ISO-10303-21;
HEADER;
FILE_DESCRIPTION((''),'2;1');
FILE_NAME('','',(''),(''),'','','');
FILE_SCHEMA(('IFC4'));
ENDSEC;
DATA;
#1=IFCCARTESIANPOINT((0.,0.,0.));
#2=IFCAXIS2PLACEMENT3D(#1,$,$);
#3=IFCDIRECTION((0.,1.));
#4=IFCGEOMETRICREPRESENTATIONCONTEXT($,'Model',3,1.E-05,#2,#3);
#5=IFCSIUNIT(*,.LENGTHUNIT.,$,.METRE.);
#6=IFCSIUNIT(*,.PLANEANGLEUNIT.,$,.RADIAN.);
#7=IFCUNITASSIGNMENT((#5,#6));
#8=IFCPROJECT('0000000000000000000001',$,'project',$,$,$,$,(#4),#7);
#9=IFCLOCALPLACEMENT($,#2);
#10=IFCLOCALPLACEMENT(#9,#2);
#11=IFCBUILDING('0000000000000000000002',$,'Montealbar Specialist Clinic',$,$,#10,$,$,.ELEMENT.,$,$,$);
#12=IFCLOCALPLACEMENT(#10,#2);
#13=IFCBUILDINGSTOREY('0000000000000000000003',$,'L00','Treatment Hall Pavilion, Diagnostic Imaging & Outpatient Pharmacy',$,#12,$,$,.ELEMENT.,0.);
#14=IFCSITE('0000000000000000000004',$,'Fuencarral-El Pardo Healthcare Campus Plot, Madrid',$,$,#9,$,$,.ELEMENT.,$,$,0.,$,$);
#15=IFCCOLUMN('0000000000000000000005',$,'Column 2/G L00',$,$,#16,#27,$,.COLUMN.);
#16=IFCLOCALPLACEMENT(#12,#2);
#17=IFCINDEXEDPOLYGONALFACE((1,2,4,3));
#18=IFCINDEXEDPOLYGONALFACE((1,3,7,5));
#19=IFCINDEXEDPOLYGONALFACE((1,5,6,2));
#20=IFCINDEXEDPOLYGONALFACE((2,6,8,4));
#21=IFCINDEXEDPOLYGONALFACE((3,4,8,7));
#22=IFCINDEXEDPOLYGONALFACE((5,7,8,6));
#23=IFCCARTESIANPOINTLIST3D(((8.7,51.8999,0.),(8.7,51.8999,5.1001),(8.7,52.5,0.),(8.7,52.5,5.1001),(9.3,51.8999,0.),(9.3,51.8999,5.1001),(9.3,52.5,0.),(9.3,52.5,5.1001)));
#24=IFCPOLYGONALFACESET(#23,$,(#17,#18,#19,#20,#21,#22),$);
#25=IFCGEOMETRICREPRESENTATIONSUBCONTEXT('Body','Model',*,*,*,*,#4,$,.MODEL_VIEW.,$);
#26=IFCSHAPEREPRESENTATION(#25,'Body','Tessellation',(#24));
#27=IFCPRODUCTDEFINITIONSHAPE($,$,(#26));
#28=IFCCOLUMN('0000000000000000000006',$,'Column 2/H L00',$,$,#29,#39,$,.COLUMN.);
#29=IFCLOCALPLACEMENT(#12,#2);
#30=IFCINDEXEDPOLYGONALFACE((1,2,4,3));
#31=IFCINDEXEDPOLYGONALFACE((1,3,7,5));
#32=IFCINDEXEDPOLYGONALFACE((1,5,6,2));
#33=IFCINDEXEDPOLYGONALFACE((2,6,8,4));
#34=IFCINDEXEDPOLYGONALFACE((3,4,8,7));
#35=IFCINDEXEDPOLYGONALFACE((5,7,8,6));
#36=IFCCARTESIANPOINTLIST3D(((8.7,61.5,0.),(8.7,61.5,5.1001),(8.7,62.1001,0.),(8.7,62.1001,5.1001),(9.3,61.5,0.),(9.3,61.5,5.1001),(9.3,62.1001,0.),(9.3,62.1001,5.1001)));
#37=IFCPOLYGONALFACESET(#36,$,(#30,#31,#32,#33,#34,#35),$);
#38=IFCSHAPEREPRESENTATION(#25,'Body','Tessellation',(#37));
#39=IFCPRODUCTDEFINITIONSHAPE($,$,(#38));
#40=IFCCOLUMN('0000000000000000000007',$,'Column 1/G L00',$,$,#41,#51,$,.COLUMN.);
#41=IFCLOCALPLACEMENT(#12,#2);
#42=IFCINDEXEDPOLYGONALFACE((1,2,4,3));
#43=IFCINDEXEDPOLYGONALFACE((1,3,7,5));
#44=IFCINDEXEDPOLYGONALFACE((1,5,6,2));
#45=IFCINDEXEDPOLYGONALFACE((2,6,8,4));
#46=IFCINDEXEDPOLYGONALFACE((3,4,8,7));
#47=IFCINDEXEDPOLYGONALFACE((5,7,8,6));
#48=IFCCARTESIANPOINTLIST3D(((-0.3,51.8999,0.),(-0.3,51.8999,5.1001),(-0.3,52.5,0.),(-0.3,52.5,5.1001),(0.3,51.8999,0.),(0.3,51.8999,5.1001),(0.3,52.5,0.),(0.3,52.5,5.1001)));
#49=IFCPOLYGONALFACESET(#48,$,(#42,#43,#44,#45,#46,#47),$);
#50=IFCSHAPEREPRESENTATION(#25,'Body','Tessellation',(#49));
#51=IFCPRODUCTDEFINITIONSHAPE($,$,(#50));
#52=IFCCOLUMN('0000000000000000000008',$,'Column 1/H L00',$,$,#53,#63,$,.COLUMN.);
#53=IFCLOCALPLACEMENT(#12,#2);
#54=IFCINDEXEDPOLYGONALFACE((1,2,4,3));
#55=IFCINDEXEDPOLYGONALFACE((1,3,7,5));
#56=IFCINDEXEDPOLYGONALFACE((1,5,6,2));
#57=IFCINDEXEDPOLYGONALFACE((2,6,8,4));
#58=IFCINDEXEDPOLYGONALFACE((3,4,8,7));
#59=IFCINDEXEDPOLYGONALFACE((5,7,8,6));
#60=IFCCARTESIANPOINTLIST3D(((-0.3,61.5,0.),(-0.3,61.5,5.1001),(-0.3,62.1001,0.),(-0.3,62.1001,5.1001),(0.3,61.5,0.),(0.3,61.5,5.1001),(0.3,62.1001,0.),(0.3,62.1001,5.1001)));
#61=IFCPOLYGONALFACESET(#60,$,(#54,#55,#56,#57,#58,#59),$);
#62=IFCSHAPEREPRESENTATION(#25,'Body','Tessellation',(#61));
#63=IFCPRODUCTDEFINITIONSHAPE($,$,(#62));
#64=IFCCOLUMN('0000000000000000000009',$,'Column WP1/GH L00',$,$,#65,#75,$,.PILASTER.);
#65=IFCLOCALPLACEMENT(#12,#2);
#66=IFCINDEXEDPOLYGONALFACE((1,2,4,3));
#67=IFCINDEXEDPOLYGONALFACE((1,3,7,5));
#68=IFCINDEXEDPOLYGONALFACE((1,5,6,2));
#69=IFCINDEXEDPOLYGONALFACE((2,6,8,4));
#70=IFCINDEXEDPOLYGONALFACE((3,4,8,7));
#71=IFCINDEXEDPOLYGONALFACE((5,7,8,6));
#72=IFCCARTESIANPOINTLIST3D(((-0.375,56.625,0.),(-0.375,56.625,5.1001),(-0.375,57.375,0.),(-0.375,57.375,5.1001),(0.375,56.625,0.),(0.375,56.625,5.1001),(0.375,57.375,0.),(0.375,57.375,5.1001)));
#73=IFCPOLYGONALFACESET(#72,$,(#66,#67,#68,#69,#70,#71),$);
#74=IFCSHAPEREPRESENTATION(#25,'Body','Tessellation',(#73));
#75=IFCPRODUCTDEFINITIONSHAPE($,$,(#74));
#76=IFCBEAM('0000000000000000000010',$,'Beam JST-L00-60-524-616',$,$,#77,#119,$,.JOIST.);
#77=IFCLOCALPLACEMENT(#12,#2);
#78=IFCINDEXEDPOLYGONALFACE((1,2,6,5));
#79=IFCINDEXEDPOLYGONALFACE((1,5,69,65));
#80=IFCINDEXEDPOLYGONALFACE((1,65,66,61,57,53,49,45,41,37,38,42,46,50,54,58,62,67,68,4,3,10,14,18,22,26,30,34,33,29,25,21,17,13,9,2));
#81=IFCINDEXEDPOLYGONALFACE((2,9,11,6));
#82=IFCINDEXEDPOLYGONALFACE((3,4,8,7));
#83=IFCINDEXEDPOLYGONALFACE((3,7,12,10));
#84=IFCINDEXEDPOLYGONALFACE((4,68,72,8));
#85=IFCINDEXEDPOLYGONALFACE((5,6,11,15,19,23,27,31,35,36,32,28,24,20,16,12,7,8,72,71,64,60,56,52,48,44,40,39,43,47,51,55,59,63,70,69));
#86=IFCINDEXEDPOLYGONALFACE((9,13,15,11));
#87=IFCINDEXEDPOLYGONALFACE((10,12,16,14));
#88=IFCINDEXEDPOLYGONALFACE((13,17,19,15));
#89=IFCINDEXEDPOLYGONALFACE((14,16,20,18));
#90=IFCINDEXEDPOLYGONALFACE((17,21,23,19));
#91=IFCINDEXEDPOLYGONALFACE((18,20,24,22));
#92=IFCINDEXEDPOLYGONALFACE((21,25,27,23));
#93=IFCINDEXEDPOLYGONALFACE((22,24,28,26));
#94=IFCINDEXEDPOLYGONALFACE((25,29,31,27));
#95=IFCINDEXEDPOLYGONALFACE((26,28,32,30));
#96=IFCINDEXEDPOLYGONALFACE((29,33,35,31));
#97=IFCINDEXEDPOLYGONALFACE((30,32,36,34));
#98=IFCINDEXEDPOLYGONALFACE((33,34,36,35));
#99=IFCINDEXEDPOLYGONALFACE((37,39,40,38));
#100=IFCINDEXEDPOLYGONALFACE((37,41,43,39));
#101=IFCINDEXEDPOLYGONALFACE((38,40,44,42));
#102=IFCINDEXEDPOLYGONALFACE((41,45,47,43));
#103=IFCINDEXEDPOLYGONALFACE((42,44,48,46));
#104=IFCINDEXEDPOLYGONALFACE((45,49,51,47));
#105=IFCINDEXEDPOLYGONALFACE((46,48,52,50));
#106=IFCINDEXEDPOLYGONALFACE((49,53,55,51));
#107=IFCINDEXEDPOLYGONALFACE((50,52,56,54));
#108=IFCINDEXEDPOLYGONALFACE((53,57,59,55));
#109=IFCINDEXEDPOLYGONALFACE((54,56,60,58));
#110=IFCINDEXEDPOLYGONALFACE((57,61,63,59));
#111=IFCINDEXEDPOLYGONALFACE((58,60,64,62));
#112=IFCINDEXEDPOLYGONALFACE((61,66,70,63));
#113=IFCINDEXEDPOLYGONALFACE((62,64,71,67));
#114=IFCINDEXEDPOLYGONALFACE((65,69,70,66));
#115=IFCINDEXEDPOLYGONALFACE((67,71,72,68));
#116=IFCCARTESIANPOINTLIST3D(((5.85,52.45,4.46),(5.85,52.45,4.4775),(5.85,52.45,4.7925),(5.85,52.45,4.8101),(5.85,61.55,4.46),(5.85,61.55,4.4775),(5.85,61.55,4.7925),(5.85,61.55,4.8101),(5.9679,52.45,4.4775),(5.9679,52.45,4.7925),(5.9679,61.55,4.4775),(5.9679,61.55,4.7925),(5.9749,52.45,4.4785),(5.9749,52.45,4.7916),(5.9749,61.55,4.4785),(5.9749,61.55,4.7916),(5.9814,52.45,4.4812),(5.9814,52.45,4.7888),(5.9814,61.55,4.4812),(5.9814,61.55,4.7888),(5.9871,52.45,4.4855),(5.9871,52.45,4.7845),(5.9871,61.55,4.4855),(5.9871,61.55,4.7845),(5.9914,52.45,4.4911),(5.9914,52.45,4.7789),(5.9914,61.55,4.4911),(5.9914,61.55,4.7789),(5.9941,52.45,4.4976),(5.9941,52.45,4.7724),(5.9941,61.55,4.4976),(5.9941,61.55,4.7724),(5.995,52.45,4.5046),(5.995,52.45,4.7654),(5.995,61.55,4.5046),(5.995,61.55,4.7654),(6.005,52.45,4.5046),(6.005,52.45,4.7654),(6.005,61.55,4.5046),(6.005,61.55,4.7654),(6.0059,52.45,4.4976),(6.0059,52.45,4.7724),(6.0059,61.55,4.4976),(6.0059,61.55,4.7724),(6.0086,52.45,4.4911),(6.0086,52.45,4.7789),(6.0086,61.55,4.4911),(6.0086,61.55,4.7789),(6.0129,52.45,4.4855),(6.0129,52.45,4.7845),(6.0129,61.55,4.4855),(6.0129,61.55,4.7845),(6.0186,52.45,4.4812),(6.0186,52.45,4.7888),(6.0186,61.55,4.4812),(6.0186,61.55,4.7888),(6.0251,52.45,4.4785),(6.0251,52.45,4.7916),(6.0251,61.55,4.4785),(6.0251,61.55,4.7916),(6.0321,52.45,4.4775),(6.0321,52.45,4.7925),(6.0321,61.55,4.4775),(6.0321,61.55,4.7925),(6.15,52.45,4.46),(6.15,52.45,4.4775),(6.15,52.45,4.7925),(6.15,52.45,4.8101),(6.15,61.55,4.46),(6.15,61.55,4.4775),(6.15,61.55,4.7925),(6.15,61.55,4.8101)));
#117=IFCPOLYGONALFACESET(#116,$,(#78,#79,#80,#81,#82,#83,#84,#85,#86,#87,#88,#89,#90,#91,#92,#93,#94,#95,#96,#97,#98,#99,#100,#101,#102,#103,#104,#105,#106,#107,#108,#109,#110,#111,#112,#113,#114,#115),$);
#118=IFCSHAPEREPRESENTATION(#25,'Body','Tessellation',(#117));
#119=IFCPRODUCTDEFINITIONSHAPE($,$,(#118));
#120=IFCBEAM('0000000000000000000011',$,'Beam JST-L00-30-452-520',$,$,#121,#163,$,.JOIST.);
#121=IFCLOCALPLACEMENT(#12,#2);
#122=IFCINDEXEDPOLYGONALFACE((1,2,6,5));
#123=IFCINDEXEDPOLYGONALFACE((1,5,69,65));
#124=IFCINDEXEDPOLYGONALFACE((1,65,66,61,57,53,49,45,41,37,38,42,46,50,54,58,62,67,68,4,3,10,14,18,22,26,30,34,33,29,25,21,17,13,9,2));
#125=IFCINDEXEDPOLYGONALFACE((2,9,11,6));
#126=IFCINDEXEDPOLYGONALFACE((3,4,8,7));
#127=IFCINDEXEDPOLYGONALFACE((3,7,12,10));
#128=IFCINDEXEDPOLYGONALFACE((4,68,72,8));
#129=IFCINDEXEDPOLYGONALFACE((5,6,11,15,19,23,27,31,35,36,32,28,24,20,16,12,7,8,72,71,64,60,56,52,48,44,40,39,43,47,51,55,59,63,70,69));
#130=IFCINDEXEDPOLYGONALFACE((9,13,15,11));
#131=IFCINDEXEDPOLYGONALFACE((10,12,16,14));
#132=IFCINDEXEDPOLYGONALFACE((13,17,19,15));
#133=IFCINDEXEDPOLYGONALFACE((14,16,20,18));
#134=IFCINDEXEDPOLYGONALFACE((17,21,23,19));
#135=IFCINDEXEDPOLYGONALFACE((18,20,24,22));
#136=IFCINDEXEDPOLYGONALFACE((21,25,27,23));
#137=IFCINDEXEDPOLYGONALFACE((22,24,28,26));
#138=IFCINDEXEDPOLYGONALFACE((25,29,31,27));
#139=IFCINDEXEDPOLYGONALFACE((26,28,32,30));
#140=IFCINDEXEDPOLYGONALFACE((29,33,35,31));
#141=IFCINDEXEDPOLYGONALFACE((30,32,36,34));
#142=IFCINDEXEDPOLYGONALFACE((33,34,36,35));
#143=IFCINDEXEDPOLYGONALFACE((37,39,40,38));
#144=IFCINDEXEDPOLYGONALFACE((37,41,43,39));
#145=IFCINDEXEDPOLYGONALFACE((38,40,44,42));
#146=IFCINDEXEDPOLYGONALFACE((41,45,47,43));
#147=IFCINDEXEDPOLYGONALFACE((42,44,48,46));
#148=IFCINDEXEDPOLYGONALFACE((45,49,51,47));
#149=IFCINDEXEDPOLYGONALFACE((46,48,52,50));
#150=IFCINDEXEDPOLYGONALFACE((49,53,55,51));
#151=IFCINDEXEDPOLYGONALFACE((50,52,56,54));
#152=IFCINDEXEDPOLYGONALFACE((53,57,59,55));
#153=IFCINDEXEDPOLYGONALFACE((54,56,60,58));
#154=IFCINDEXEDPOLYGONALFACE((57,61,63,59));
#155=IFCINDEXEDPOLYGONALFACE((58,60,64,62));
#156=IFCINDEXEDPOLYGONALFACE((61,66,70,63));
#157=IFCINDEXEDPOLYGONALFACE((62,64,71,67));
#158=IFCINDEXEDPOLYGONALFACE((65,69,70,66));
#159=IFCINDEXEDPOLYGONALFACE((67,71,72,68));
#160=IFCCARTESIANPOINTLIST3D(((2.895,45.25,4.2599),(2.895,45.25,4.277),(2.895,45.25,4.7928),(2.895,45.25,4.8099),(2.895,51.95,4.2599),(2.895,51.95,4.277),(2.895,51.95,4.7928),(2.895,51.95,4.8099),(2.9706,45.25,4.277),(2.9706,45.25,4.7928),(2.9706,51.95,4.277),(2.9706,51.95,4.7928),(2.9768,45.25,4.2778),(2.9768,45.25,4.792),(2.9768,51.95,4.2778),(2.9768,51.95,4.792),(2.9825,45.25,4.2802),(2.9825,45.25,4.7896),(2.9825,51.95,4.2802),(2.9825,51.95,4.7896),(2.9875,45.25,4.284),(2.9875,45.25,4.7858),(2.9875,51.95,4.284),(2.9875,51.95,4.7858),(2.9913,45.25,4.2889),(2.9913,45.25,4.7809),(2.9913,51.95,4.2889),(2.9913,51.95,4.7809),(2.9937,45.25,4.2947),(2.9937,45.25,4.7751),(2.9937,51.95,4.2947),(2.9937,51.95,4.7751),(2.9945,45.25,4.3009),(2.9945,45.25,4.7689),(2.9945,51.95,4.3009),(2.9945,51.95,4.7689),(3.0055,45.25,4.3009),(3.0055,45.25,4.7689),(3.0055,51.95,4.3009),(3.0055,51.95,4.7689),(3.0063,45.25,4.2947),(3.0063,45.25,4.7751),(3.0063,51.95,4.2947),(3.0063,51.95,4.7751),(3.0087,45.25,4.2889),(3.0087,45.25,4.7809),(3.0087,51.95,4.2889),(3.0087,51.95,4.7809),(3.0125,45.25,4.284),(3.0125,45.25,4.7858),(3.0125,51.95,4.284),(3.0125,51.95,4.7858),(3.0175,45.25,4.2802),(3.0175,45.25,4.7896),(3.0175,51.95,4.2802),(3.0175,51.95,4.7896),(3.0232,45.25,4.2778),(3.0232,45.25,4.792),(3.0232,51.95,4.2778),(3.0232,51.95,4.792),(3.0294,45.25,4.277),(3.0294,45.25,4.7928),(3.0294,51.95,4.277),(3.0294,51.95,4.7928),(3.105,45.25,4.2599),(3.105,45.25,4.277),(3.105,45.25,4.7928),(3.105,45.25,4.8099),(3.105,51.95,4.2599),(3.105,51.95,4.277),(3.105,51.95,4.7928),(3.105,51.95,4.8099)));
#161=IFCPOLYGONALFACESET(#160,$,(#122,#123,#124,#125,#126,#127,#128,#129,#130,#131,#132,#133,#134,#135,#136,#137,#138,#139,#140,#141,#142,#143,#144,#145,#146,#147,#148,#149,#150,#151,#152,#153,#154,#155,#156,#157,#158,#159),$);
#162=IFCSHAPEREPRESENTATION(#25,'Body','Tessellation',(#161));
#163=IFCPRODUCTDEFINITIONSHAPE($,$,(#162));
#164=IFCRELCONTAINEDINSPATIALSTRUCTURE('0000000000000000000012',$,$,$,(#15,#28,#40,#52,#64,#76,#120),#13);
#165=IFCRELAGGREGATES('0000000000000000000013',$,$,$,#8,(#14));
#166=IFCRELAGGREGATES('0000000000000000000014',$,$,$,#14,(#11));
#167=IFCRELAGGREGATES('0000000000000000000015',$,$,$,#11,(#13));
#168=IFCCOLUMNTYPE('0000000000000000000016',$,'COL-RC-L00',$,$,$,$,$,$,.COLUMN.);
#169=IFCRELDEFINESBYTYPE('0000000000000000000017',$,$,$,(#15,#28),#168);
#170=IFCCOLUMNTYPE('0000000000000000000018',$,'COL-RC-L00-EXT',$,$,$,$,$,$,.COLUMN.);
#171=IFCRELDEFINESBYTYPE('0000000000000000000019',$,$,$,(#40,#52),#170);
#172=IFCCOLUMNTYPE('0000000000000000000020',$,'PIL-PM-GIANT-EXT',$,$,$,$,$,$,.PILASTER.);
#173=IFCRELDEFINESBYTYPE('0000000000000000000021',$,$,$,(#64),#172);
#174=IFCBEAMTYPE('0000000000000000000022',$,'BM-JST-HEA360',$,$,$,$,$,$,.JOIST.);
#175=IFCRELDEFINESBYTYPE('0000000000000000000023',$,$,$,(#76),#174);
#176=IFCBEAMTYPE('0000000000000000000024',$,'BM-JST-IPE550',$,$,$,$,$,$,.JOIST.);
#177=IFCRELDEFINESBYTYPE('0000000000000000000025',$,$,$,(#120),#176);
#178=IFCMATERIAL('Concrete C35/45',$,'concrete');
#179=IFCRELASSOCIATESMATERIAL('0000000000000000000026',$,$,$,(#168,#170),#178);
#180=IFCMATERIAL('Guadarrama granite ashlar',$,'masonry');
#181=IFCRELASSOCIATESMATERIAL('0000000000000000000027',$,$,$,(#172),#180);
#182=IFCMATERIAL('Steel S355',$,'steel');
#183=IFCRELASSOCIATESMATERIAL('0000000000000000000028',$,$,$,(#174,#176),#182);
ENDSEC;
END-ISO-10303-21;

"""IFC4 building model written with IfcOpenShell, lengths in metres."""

from ifc_helpers import new_model, si_unit, direction, frame, origin, origin_2d, place, context, subcontext, project, spatial, rectangle, i_section, extrude, material, material_profile, profile_set, type_object, element, save


model = new_model("IFC4")

# Units and contexts
model_context = context("Model", 3, precision=1e-05, world=origin(), true_north=direction((0.0, 1.0)))
body_context = subcontext(model_context, "Body", "Model", "MODEL_VIEW")
ifc_project = project(units=[si_unit("LENGTHUNIT", "METRE"), si_unit("PLANEANGLEUNIT", "RADIAN")], contexts=[model_context])

# Site, building, storey
site_placement = place(None, origin())
site = spatial("IfcSite", under=ifc_project, at=site_placement, Name="Fuencarral-El Pardo Healthcare Campus Plot, Madrid", CompositionType="ELEMENT", RefElevation=0.0)
building_placement = place(site_placement, origin())
building = spatial("IfcBuilding", under=site, at=building_placement, Name="Montealbar Specialist Clinic", CompositionType="ELEMENT")
storey_placement = place(building_placement, origin())
storey = spatial("IfcBuildingStorey", under=building, at=storey_placement, Name="L00", Description="Treatment Hall Pavilion, Diagnostic Imaging & Outpatient Pharmacy", CompositionType="ELEMENT", Elevation=0.0)

# Columns
ifc_material_1 = material(Name="Concrete C35/45", Category="concrete")
ifc_material_profile_1 = material_profile(ifc_material_1, rectangle(XDim=0.6001, YDim=0.6001, at=origin_2d()), Name="RC 600x600", Category="concrete")
ifc_profile_set_1 = profile_set([ifc_material_profile_1], Name="Concrete C35/45")
column_type_1 = type_object("IfcColumnType", Name="COL-RC-L00", PredefinedType="COLUMN", material=ifc_profile_set_1)
for number, where, z_axis, x_axis, name in (
    (1, (9.0, 52.2, 0.0), (0.0, 0.0, 1.0), (1.0, 0.0, 0.0), "Column 2/G L00"),
    (2, (9.0, 61.8, 0.0), (0.0, 0.0, 1.0), (1.0, 0.0, 0.0), "Column 2/H L00"),
):
    element("IfcColumn", number, at=place(storey_placement, frame(where, z_axis=z_axis, x_axis=x_axis)), inside=storey, type_object=column_type_1, Name=name, PredefinedType="COLUMN", context=body_context, shape_type="SweptSolid", body=[
        extrude(rectangle(XDim=0.6001, YDim=0.6001, at=origin_2d()), origin(), (0.0, 0.0, 1.0), 5.1001),
    ])
ifc_material_profile_2 = material_profile(ifc_material_1, rectangle(XDim=0.6001, YDim=0.6001, at=origin_2d()), Name="RC 600x600", Category="concrete")
ifc_profile_set_2 = profile_set([ifc_material_profile_2], Name="Concrete C35/45")
column_type_2 = type_object("IfcColumnType", Name="COL-RC-L00-EXT", PredefinedType="COLUMN", material=ifc_profile_set_2)
for number, where, z_axis, x_axis, name in (
    (3, (0.0, 52.2, 0.0), (0.0, 0.0, 1.0), (1.0, 0.0, 0.0), "Column 1/G L00"),
    (4, (0.0, 61.8, 0.0), (0.0, 0.0, 1.0), (1.0, 0.0, 0.0), "Column 1/H L00"),
):
    element("IfcColumn", number, at=place(storey_placement, frame(where, z_axis=z_axis, x_axis=x_axis)), inside=storey, type_object=column_type_2, Name=name, PredefinedType="COLUMN", context=body_context, shape_type="SweptSolid", body=[
        extrude(rectangle(XDim=0.6001, YDim=0.6001, at=origin_2d()), origin(), (0.0, 0.0, 1.0), 5.1001),
    ])
ifc_material_2 = material(Name="Guadarrama granite ashlar", Category="masonry")
ifc_material_profile_3 = material_profile(ifc_material_2, rectangle(XDim=0.75, YDim=0.75, at=origin_2d()), Name="GRANITE PILASTER 750x750", Category="masonry")
ifc_profile_set_3 = profile_set([ifc_material_profile_3], Name="Guadarrama granite ashlar")
column_type_3 = type_object("IfcColumnType", Name="PIL-PM-GIANT-EXT", PredefinedType="PILASTER", material=ifc_profile_set_3)
column_placement = place(storey_placement, frame((0.0, 57.0, 0.0), z_axis=(0.0, 0.0, 1.0), x_axis=(1.0, 0.0, 0.0)))
element("IfcColumn", 5, at=column_placement, inside=storey, type_object=column_type_3, Name="Column WP1/GH L00", PredefinedType="PILASTER", context=body_context, shape_type="SweptSolid", body=[
    extrude(rectangle(XDim=0.75, YDim=0.75, at=origin_2d()), origin(), (0.0, 0.0, 1.0), 5.1001),
])

# Beams
ifc_material_3 = material(Name="Steel S355", Category="steel")
ifc_material_profile_4 = material_profile(ifc_material_3, i_section(OverallWidth=0.3, OverallDepth=0.3501, WebThickness=0.01, FlangeThickness=0.0176, FilletRadius=0.0271, at=origin_2d()), Name="HEA 360", Category="steel")
ifc_profile_set_4 = profile_set([ifc_material_profile_4], Name="Steel S355")
beam_type_1 = type_object("IfcBeamType", Name="BM-JST-HEA360", PredefinedType="JOIST", material=ifc_profile_set_4)
beam_1_placement = place(storey_placement, frame((6.0, 52.45, 4.635), z_axis=(0.0, 1.0, 0.0), x_axis=(-1.0, 0.0, 0.0)))
element("IfcBeam", 6, at=beam_1_placement, inside=storey, type_object=beam_type_1, Name="Beam JST-L00-60-524-616", PredefinedType="JOIST", context=body_context, shape_type="SweptSolid", body=[
    extrude(i_section(OverallWidth=0.3, OverallDepth=0.3501, WebThickness=0.01, FlangeThickness=0.0176, FilletRadius=0.0271, at=origin_2d()), origin(), (0.0, 0.0, 1.0), 9.1001),
])
ifc_material_profile_5 = material_profile(ifc_material_3, i_section(OverallWidth=0.21, OverallDepth=0.55, WebThickness=0.011, FlangeThickness=0.0171, FilletRadius=0.0239, at=origin_2d()), Name="IPE 550", Category="steel")
ifc_profile_set_5 = profile_set([ifc_material_profile_5], Name="Steel S355")
beam_type_2 = type_object("IfcBeamType", Name="BM-JST-IPE550", PredefinedType="JOIST", material=ifc_profile_set_5)
beam_2_placement = place(storey_placement, frame((3.0, 45.25, 4.5349), z_axis=(0.0, 1.0, 0.0), x_axis=(-1.0, 0.0, 0.0)))
element("IfcBeam", 7, at=beam_2_placement, inside=storey, type_object=beam_type_2, Name="Beam JST-L00-30-452-520", PredefinedType="JOIST", context=body_context, shape_type="SweptSolid", body=[
    extrude(i_section(OverallWidth=0.21, OverallDepth=0.55, WebThickness=0.011, FlangeThickness=0.0171, FilletRadius=0.0239, at=origin_2d()), origin(), (0.0, 0.0, 1.0), 6.7),
])

save(model, "model.ifc")
